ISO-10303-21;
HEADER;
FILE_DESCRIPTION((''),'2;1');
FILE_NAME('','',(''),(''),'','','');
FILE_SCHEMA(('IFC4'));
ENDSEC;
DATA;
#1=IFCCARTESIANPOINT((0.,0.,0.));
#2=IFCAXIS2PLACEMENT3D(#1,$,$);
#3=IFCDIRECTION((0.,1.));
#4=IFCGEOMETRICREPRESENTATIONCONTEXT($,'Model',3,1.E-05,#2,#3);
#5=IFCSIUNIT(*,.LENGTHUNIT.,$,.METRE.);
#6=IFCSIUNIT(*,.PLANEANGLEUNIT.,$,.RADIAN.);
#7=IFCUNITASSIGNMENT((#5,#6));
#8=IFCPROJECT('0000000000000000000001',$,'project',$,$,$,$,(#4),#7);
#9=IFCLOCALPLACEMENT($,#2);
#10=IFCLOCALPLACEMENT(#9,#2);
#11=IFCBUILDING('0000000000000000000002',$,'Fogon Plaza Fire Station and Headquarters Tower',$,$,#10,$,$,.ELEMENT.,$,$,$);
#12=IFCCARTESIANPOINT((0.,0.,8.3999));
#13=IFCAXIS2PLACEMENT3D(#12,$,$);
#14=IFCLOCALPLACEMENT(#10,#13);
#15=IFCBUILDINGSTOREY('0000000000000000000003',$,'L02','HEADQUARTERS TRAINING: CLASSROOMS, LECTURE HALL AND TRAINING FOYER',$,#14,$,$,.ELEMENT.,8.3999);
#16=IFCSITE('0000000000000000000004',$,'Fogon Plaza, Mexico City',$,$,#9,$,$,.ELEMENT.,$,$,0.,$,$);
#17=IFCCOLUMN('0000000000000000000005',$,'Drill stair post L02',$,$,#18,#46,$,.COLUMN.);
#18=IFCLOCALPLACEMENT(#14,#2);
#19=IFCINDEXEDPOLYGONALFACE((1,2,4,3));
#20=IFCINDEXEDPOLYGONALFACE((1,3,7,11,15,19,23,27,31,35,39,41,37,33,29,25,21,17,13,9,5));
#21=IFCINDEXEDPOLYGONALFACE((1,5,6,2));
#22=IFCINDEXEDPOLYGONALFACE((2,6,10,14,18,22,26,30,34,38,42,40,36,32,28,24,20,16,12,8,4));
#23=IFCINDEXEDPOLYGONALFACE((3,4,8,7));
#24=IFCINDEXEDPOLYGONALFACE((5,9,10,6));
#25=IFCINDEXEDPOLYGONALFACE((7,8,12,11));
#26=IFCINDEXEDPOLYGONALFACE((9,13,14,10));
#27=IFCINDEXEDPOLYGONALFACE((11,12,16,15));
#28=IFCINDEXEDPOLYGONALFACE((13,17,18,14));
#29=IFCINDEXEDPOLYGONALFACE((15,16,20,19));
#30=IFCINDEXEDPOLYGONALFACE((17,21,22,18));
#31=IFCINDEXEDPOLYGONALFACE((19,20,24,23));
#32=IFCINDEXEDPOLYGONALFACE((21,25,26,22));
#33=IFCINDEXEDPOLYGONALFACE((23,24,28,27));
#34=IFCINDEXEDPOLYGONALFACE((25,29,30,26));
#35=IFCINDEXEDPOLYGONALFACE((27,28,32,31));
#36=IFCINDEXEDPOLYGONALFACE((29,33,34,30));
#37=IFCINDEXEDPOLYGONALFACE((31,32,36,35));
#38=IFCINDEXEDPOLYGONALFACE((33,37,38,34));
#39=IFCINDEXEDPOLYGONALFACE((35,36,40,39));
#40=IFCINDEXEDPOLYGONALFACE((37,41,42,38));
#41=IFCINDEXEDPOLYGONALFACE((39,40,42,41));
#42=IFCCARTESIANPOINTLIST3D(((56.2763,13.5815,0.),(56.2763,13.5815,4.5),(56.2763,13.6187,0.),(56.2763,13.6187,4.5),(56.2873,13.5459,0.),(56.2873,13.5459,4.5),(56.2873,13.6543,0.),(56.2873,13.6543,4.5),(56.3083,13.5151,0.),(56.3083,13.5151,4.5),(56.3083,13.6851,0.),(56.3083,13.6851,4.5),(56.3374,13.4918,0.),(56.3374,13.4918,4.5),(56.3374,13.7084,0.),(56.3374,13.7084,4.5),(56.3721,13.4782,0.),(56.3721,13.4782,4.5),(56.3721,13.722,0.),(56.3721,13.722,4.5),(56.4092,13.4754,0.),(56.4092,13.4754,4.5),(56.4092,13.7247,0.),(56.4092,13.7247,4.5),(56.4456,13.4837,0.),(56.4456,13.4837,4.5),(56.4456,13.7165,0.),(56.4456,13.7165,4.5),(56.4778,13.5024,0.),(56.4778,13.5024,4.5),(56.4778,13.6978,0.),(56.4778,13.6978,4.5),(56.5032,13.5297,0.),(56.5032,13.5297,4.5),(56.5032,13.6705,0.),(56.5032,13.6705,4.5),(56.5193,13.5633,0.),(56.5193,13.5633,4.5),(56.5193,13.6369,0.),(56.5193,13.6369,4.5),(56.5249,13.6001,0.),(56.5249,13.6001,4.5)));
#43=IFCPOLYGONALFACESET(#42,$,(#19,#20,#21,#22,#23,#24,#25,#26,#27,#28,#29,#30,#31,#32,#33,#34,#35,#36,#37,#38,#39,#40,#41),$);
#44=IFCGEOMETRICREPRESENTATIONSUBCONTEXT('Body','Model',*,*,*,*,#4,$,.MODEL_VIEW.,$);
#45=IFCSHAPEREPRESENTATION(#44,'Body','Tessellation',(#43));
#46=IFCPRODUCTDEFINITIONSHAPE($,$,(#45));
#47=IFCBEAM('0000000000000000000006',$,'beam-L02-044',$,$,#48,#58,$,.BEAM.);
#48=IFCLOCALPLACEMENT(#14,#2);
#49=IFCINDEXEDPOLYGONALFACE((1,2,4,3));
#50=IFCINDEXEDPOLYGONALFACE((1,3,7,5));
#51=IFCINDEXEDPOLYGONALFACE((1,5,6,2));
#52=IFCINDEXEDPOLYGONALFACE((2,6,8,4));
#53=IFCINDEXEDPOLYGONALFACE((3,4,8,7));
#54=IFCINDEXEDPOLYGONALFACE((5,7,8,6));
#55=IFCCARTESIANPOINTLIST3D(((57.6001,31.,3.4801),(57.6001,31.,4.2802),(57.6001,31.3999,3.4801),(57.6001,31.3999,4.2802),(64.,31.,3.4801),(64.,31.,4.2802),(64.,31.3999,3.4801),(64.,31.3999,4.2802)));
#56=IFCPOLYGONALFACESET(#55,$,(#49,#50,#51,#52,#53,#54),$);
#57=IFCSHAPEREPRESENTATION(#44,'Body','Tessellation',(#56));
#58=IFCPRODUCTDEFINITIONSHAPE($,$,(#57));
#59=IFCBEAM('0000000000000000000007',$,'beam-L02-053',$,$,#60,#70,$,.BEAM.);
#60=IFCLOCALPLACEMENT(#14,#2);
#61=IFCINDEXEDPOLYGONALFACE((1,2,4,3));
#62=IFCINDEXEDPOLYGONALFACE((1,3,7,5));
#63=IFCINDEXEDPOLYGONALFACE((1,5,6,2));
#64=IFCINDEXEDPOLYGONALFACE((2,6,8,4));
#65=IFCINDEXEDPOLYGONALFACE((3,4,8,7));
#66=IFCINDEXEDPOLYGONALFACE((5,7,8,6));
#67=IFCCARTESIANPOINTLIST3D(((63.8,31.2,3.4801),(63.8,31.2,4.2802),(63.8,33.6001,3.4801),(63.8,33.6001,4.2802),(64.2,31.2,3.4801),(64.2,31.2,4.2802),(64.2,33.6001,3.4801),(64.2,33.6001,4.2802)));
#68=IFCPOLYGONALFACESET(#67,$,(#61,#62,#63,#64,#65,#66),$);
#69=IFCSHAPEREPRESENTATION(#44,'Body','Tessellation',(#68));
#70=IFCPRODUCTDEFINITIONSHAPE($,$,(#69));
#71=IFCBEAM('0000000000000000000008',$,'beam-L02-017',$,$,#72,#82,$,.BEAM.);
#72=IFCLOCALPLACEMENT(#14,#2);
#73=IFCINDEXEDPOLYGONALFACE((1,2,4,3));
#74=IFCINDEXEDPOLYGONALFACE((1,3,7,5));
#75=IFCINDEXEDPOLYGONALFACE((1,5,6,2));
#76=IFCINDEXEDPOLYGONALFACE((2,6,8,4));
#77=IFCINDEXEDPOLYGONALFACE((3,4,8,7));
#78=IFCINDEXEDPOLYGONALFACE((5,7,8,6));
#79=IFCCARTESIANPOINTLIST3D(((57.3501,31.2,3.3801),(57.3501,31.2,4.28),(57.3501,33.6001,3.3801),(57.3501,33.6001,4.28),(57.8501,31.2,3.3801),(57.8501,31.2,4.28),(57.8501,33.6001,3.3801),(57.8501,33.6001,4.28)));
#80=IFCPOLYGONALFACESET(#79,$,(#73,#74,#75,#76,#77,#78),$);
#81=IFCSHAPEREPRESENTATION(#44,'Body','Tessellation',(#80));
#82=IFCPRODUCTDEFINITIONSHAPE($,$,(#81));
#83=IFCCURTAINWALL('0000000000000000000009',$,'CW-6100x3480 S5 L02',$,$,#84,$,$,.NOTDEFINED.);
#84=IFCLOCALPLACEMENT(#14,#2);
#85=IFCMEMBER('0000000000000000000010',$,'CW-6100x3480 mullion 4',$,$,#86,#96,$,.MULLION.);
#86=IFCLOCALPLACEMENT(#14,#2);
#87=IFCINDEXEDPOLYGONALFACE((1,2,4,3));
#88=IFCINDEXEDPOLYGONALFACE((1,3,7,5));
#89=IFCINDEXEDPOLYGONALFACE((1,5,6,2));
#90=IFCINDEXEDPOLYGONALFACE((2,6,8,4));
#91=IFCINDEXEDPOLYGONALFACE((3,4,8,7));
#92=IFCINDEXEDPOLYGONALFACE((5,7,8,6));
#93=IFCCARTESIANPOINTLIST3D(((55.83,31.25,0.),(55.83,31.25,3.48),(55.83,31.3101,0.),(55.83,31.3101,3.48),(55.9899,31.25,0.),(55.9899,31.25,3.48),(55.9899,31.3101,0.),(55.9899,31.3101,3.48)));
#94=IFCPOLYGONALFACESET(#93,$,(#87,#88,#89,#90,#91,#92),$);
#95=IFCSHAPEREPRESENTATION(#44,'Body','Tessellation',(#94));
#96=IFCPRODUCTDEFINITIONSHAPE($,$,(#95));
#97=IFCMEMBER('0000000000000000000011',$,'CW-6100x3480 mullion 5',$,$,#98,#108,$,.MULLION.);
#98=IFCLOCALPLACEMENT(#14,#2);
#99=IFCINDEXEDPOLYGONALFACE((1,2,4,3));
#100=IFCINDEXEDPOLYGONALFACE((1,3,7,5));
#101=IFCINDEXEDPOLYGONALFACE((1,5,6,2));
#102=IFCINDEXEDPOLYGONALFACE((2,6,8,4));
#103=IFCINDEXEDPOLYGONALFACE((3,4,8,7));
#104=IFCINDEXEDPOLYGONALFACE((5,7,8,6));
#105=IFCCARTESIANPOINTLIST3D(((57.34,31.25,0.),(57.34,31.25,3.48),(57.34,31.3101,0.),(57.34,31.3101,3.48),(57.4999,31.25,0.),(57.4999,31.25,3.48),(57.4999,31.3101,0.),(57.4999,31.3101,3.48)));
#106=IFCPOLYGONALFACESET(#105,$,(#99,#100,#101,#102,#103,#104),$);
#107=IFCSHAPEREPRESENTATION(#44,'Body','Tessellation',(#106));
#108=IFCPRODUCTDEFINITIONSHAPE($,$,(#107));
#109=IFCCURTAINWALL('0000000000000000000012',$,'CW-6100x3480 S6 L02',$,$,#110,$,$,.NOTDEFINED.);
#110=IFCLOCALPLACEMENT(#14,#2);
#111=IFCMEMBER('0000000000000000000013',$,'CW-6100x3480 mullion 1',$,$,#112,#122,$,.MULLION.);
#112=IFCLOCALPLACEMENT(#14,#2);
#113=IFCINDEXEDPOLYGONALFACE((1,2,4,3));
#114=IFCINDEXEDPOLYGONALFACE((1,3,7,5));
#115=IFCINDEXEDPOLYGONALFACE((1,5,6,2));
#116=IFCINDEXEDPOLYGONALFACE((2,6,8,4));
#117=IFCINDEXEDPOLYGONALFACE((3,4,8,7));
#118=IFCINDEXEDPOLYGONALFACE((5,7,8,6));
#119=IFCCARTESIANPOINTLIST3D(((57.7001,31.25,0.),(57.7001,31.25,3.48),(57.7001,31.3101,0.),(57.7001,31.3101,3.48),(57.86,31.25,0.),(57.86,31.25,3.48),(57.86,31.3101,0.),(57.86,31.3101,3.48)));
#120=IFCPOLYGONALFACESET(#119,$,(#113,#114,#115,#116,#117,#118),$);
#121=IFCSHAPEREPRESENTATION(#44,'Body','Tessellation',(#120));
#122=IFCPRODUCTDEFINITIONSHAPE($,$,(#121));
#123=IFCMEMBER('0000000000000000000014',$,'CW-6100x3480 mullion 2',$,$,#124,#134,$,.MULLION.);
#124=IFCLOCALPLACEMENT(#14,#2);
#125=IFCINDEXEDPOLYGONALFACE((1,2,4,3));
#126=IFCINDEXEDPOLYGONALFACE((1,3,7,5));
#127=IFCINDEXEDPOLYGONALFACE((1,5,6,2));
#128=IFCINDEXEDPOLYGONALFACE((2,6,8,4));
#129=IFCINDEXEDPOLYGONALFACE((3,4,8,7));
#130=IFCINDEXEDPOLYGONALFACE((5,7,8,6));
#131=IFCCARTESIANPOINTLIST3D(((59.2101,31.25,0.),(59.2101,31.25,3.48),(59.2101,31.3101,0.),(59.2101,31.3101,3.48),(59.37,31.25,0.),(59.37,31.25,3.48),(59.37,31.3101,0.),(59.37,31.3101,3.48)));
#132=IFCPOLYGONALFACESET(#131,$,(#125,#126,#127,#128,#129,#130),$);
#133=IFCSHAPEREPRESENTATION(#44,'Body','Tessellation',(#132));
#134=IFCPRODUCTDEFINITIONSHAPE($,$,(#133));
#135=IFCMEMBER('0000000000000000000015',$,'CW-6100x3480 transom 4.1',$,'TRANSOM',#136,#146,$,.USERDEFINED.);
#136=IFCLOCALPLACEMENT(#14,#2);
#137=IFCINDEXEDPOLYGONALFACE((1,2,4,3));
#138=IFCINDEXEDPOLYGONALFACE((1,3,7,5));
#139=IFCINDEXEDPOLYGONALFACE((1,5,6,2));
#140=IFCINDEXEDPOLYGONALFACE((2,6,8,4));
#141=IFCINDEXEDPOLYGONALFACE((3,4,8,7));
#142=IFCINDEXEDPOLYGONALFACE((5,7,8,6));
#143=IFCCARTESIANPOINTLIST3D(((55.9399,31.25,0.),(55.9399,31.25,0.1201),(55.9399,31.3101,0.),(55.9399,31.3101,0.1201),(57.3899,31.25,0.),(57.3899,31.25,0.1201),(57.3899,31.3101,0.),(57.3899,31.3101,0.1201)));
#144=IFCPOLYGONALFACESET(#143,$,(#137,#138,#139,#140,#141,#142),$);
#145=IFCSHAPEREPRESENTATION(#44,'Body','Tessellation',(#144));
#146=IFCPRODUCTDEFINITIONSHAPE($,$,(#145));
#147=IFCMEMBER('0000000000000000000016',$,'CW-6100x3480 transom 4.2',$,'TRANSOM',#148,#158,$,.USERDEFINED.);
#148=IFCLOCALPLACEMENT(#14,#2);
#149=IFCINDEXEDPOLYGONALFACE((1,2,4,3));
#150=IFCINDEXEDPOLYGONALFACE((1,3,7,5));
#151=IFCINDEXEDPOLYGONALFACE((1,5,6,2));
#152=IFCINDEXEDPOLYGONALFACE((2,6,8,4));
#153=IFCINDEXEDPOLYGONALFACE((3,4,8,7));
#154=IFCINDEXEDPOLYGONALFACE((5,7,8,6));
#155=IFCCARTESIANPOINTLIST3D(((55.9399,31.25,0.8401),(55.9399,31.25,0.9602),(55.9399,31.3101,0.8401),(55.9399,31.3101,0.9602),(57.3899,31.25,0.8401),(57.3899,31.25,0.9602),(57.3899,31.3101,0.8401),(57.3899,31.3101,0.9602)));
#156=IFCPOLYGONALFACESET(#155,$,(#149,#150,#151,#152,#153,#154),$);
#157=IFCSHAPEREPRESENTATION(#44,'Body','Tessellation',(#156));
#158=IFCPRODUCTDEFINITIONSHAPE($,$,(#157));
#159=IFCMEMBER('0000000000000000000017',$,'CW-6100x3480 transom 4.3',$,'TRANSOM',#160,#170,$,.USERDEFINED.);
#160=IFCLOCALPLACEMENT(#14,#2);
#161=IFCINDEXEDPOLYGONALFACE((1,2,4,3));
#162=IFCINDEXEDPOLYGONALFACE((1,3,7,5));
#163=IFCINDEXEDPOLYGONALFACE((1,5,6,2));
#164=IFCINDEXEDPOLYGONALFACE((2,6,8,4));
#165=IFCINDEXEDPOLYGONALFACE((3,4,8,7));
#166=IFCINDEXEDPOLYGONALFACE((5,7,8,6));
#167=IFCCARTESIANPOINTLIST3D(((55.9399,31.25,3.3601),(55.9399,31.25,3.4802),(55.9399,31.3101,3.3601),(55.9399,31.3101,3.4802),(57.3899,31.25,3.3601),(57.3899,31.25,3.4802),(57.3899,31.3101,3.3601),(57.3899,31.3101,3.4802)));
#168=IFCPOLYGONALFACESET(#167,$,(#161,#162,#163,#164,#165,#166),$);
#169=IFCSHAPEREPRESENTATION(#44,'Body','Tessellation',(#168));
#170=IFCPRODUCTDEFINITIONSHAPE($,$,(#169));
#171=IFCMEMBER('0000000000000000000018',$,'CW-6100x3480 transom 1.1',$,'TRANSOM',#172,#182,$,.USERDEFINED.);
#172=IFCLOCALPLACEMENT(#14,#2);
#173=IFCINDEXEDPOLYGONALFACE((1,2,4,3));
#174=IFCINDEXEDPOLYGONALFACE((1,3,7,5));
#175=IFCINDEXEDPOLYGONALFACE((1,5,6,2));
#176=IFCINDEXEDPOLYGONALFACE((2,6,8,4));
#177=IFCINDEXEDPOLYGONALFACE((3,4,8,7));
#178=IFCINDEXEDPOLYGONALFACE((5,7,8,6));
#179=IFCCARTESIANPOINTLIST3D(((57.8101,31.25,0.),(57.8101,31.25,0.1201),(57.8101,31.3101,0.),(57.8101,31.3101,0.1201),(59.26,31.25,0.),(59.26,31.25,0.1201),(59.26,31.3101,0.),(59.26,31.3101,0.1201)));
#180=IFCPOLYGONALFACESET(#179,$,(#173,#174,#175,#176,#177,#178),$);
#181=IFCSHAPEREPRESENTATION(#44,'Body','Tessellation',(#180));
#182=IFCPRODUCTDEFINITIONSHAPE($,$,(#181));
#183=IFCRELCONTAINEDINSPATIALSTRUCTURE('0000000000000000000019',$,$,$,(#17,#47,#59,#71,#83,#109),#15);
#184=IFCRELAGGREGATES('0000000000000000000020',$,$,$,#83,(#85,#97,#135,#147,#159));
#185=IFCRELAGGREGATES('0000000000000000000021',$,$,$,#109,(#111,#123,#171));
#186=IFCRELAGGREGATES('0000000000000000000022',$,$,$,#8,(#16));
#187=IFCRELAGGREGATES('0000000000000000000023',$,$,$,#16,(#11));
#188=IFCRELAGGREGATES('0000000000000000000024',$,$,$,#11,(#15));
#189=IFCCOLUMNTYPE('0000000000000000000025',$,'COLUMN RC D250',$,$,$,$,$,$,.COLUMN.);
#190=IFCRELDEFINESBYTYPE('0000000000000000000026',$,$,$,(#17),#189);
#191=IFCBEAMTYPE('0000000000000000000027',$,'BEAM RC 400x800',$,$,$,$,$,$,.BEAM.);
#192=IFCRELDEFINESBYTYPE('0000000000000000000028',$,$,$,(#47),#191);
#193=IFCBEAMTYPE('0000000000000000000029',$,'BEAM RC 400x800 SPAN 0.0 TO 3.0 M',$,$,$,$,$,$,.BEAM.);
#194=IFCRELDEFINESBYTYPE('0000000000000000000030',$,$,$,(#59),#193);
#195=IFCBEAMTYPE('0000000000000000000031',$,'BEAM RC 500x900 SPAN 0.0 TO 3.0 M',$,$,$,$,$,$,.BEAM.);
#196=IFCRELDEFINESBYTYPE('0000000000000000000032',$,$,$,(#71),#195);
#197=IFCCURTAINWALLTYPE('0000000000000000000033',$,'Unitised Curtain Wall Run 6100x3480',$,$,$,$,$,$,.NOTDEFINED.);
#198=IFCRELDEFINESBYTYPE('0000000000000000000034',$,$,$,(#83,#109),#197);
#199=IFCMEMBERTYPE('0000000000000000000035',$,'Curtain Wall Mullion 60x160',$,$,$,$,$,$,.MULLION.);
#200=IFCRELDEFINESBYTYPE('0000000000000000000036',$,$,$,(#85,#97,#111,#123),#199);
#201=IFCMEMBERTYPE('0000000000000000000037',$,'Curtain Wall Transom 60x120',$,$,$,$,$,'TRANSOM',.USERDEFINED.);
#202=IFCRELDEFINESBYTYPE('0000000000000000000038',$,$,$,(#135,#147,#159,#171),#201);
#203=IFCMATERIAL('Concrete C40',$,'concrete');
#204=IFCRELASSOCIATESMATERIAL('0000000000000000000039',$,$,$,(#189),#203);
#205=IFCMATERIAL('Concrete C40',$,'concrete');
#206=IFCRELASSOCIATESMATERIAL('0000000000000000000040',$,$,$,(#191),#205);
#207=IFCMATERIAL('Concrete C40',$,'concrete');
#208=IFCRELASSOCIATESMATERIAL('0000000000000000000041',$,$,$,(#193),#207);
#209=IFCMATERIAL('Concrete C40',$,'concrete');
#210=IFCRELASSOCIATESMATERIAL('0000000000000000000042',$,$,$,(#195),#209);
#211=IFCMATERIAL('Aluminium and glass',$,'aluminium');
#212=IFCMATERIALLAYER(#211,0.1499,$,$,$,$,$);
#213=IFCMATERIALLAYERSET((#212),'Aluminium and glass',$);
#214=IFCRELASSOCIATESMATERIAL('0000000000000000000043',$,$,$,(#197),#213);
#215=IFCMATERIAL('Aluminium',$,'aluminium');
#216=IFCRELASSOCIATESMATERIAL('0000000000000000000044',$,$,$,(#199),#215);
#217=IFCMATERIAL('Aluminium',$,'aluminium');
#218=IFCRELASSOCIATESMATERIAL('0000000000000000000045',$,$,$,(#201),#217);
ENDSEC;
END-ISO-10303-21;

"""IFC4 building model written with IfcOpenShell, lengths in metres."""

from ifc_helpers import new_model, si_unit, direction, frame, origin, origin_2d, place, context, subcontext, project, spatial, rectangle, circle, extrude, material, layer, layer_set, material_profile, profile_set, type_object, element, aggregate, save


model = new_model("IFC4")

# Units and contexts
model_context = context("Model", 3, precision=1e-05, world=origin(), true_north=direction((0.0, 1.0)))
body_context = subcontext(model_context, "Body", "Model", "MODEL_VIEW")
ifc_project = project(units=[si_unit("LENGTHUNIT", "METRE"), si_unit("PLANEANGLEUNIT", "RADIAN")], contexts=[model_context])

# Site, building, storey
site_placement = place(None, origin())
site = spatial("IfcSite", under=ifc_project, at=site_placement, Name="Fogon Plaza, Mexico City", CompositionType="ELEMENT", RefElevation=0.0)
building_placement = place(site_placement, origin())
building = spatial("IfcBuilding", under=site, at=building_placement, Name="Fogon Plaza Fire Station and Headquarters Tower", CompositionType="ELEMENT")
storey_placement = place(building_placement, frame((0.0, 0.0, 8.3999)))
storey = spatial("IfcBuildingStorey", under=building, at=storey_placement, Name="L02", Description="HEADQUARTERS TRAINING: CLASSROOMS, LECTURE HALL AND TRAINING FOYER", CompositionType="ELEMENT", Elevation=8.3999)

# Column
ifc_material_1 = material(Name="Concrete C40", Category="concrete")
ifc_material_profile_1 = material_profile(ifc_material_1, circle(Radius=0.125, at=origin_2d()), Name="RC D250")
ifc_profile_set_1 = profile_set([ifc_material_profile_1], Name="Concrete C40")
column_type = type_object("IfcColumnType", Name="COLUMN RC D250", PredefinedType="COLUMN", material=ifc_profile_set_1)
column_placement = place(storey_placement, frame((56.3999, 13.6001, 0.0), z_axis=(0.0, 0.0, 1.0), x_axis=(1.0, 0.0, 0.0)))
element("IfcColumn", 1, at=column_placement, inside=storey, type_object=column_type, Name="Drill stair post L02", PredefinedType="COLUMN", context=body_context, shape_type="SweptSolid", body=[
    extrude(circle(Radius=0.125, at=origin_2d()), origin(), (0.0, 0.0, 1.0), 4.5),
])

# Beams
ifc_material_2 = material(Name="Concrete C40", Category="concrete")
ifc_material_profile_2 = material_profile(ifc_material_2, rectangle(XDim=0.3999, YDim=0.8, at=origin_2d()), Name="RC 400x800")
ifc_profile_set_2 = profile_set([ifc_material_profile_2], Name="Concrete C40")
beam_type_1 = type_object("IfcBeamType", Name="BEAM RC 400x800", PredefinedType="BEAM", material=ifc_profile_set_2)
beam_1_placement = place(storey_placement, frame((57.6001, 31.2, 3.8801), z_axis=(1.0, 0.0, 0.0), x_axis=(0.0, 1.0, 0.0)))
element("IfcBeam", 2, at=beam_1_placement, inside=storey, type_object=beam_type_1, Name="beam-L02-044", PredefinedType="BEAM", context=body_context, shape_type="SweptSolid", body=[
    extrude(rectangle(XDim=0.3999, YDim=0.8, at=origin_2d()), origin(), (0.0, 0.0, 1.0), 6.3999),
])
ifc_material_3 = material(Name="Concrete C40", Category="concrete")
ifc_material_profile_3 = material_profile(ifc_material_3, rectangle(XDim=0.3999, YDim=0.8, at=origin_2d()), Name="RC 400x800")
ifc_profile_set_3 = profile_set([ifc_material_profile_3], Name="Concrete C40")
beam_type_2 = type_object("IfcBeamType", Name="BEAM RC 400x800 SPAN 0.0 TO 3.0 M", PredefinedType="BEAM", material=ifc_profile_set_3)
beam_2_placement = place(storey_placement, frame((64.0, 31.2, 3.8801), z_axis=(0.0, 1.0, 0.0), x_axis=(-1.0, 0.0, 0.0)))
element("IfcBeam", 3, at=beam_2_placement, inside=storey, type_object=beam_type_2, Name="beam-L02-053", PredefinedType="BEAM", context=body_context, shape_type="SweptSolid", body=[
    extrude(rectangle(XDim=0.3999, YDim=0.8, at=origin_2d()), origin(), (0.0, 0.0, 1.0), 2.4001),
])
ifc_material_4 = material(Name="Concrete C40", Category="concrete")
ifc_material_profile_4 = material_profile(ifc_material_4, rectangle(XDim=0.5, YDim=0.8999, at=origin_2d()), Name="RC 500x900")
ifc_profile_set_4 = profile_set([ifc_material_profile_4], Name="Concrete C40")
beam_type_3 = type_object("IfcBeamType", Name="BEAM RC 500x900 SPAN 0.0 TO 3.0 M", PredefinedType="BEAM", material=ifc_profile_set_4)
beam_3_placement = place(storey_placement, frame((57.6001, 31.2, 3.8301), z_axis=(0.0, 1.0, 0.0), x_axis=(-1.0, 0.0, 0.0)))
element("IfcBeam", 4, at=beam_3_placement, inside=storey, type_object=beam_type_3, Name="beam-L02-017", PredefinedType="BEAM", context=body_context, shape_type="SweptSolid", body=[
    extrude(rectangle(XDim=0.5, YDim=0.8999, at=origin_2d()), origin(), (0.0, 0.0, 1.0), 2.4001),
])

# Curtain walls, members
ifc_material_5 = material(Name="Aluminium and glass", Category="aluminium")
ifc_layer_1 = layer(ifc_material_5, 0.1499)
ifc_layer_set_1 = layer_set([ifc_layer_1], Name="Aluminium and glass")
curtain_wall_type = type_object("IfcCurtainWallType", Name="Unitised Curtain Wall Run 6100x3480", PredefinedType="NOTDEFINED", material=ifc_layer_set_1)
curtain_wall_1_placement = place(storey_placement, origin())
curtain_wall_1 = element("IfcCurtainWall", 5, at=curtain_wall_1_placement, inside=storey, type_object=curtain_wall_type, Name="CW-6100x3480 S5 L02", PredefinedType="NOTDEFINED")
ifc_material_6 = material(Name="Aluminium", Category="aluminium")
ifc_material_profile_5 = material_profile(ifc_material_6, rectangle(XDim=0.0601, YDim=0.1599, at=origin_2d()), Name="Curtain Wall Mullion 60x160")
ifc_profile_set_5 = profile_set([ifc_material_profile_5], Name="Aluminium")
member_type_1 = type_object("IfcMemberType", Name="Curtain Wall Mullion 60x160", PredefinedType="MULLION", material=ifc_profile_set_5)
member_1_placement = place(storey_placement, frame((55.9099, 31.28, 0.0), z_axis=(0.0, 0.0, 1.0), x_axis=(0.0, 1.0, 0.0)))
member_1 = element("IfcMember", 6, at=member_1_placement, type_object=member_type_1, Name="CW-6100x3480 mullion 4", PredefinedType="MULLION", context=body_context, shape_type="SweptSolid", body=[
    extrude(rectangle(XDim=0.0601, YDim=0.1599, at=origin_2d()), origin(), (0.0, 0.0, 1.0), 3.48),
])
member_2_placement = place(storey_placement, frame((57.4199, 31.28, 0.0), z_axis=(0.0, 0.0, 1.0), x_axis=(0.0, 1.0, 0.0)))
member_2 = element("IfcMember", 7, at=member_2_placement, type_object=member_type_1, Name="CW-6100x3480 mullion 5", PredefinedType="MULLION", context=body_context, shape_type="SweptSolid", body=[
    extrude(rectangle(XDim=0.0601, YDim=0.1599, at=origin_2d()), origin(), (0.0, 0.0, 1.0), 3.48),
])
curtain_wall_2_placement = place(storey_placement, origin())
curtain_wall_2 = element("IfcCurtainWall", 8, at=curtain_wall_2_placement, inside=storey, type_object=curtain_wall_type, Name="CW-6100x3480 S6 L02", PredefinedType="NOTDEFINED")
member_3_placement = place(storey_placement, frame((57.78, 31.28, 0.0), z_axis=(0.0, 0.0, 1.0), x_axis=(0.0, 1.0, 0.0)))
member_3 = element("IfcMember", 9, at=member_3_placement, type_object=member_type_1, Name="CW-6100x3480 mullion 1", PredefinedType="MULLION", context=body_context, shape_type="SweptSolid", body=[
    extrude(rectangle(XDim=0.0601, YDim=0.1599, at=origin_2d()), origin(), (0.0, 0.0, 1.0), 3.48),
])
member_4_placement = place(storey_placement, frame((59.29, 31.28, 0.0), z_axis=(0.0, 0.0, 1.0), x_axis=(0.0, 1.0, 0.0)))
member_4 = element("IfcMember", 10, at=member_4_placement, type_object=member_type_1, Name="CW-6100x3480 mullion 2", PredefinedType="MULLION", context=body_context, shape_type="SweptSolid", body=[
    extrude(rectangle(XDim=0.0601, YDim=0.1599, at=origin_2d()), origin(), (0.0, 0.0, 1.0), 3.48),
])

# Members
ifc_material_7 = material(Name="Aluminium", Category="aluminium")
ifc_material_profile_6 = material_profile(ifc_material_7, rectangle(XDim=0.0601, YDim=0.1201, at=origin_2d()), Name="Curtain Wall Transom 60x120")
ifc_profile_set_6 = profile_set([ifc_material_profile_6], Name="Aluminium")
member_type_2 = type_object("IfcMemberType", Name="Curtain Wall Transom 60x120", ElementType="TRANSOM", PredefinedType="USERDEFINED", material=ifc_profile_set_6)
member_5_placement = place(storey_placement, frame((55.9399, 31.28, 0.0601), z_axis=(1.0, 0.0, 0.0), x_axis=(0.0, 1.0, 0.0)))
member_5 = element("IfcMember", 11, at=member_5_placement, type_object=member_type_2, Name="CW-6100x3480 transom 4.1", ObjectType="TRANSOM", PredefinedType="USERDEFINED", context=body_context, shape_type="SweptSolid", body=[
    extrude(rectangle(XDim=0.0601, YDim=0.1201, at=origin_2d()), origin(), (0.0, 0.0, 1.0), 1.45),
])
member_6_placement = place(storey_placement, frame((55.9399, 31.28, 0.9001), z_axis=(1.0, 0.0, 0.0), x_axis=(0.0, 1.0, 0.0)))
member_6 = element("IfcMember", 12, at=member_6_placement, type_object=member_type_2, Name="CW-6100x3480 transom 4.2", ObjectType="TRANSOM", PredefinedType="USERDEFINED", context=body_context, shape_type="SweptSolid", body=[
    extrude(rectangle(XDim=0.0601, YDim=0.1201, at=origin_2d()), origin(), (0.0, 0.0, 1.0), 1.45),
])
member_7_placement = place(storey_placement, frame((55.9399, 31.28, 3.4202), z_axis=(1.0, 0.0, 0.0), x_axis=(0.0, 1.0, 0.0)))
member_7 = element("IfcMember", 13, at=member_7_placement, type_object=member_type_2, Name="CW-6100x3480 transom 4.3", ObjectType="TRANSOM", PredefinedType="USERDEFINED", context=body_context, shape_type="SweptSolid", body=[
    extrude(rectangle(XDim=0.0601, YDim=0.1201, at=origin_2d()), origin(), (0.0, 0.0, 1.0), 1.45),
])
member_8_placement = place(storey_placement, frame((57.8101, 31.28, 0.0601), z_axis=(1.0, 0.0, 0.0), x_axis=(0.0, 1.0, 0.0)))
member_8 = element("IfcMember", 14, at=member_8_placement, type_object=member_type_2, Name="CW-6100x3480 transom 1.1", ObjectType="TRANSOM", PredefinedType="USERDEFINED", context=body_context, shape_type="SweptSolid", body=[
    extrude(rectangle(XDim=0.0601, YDim=0.1201, at=origin_2d()), origin(), (0.0, 0.0, 1.0), 1.45),
])

aggregate(curtain_wall_1, [member_1, member_2, member_5, member_6, member_7])
aggregate(curtain_wall_2, [member_3, member_4, member_8])

save(model, "model.ifc")
